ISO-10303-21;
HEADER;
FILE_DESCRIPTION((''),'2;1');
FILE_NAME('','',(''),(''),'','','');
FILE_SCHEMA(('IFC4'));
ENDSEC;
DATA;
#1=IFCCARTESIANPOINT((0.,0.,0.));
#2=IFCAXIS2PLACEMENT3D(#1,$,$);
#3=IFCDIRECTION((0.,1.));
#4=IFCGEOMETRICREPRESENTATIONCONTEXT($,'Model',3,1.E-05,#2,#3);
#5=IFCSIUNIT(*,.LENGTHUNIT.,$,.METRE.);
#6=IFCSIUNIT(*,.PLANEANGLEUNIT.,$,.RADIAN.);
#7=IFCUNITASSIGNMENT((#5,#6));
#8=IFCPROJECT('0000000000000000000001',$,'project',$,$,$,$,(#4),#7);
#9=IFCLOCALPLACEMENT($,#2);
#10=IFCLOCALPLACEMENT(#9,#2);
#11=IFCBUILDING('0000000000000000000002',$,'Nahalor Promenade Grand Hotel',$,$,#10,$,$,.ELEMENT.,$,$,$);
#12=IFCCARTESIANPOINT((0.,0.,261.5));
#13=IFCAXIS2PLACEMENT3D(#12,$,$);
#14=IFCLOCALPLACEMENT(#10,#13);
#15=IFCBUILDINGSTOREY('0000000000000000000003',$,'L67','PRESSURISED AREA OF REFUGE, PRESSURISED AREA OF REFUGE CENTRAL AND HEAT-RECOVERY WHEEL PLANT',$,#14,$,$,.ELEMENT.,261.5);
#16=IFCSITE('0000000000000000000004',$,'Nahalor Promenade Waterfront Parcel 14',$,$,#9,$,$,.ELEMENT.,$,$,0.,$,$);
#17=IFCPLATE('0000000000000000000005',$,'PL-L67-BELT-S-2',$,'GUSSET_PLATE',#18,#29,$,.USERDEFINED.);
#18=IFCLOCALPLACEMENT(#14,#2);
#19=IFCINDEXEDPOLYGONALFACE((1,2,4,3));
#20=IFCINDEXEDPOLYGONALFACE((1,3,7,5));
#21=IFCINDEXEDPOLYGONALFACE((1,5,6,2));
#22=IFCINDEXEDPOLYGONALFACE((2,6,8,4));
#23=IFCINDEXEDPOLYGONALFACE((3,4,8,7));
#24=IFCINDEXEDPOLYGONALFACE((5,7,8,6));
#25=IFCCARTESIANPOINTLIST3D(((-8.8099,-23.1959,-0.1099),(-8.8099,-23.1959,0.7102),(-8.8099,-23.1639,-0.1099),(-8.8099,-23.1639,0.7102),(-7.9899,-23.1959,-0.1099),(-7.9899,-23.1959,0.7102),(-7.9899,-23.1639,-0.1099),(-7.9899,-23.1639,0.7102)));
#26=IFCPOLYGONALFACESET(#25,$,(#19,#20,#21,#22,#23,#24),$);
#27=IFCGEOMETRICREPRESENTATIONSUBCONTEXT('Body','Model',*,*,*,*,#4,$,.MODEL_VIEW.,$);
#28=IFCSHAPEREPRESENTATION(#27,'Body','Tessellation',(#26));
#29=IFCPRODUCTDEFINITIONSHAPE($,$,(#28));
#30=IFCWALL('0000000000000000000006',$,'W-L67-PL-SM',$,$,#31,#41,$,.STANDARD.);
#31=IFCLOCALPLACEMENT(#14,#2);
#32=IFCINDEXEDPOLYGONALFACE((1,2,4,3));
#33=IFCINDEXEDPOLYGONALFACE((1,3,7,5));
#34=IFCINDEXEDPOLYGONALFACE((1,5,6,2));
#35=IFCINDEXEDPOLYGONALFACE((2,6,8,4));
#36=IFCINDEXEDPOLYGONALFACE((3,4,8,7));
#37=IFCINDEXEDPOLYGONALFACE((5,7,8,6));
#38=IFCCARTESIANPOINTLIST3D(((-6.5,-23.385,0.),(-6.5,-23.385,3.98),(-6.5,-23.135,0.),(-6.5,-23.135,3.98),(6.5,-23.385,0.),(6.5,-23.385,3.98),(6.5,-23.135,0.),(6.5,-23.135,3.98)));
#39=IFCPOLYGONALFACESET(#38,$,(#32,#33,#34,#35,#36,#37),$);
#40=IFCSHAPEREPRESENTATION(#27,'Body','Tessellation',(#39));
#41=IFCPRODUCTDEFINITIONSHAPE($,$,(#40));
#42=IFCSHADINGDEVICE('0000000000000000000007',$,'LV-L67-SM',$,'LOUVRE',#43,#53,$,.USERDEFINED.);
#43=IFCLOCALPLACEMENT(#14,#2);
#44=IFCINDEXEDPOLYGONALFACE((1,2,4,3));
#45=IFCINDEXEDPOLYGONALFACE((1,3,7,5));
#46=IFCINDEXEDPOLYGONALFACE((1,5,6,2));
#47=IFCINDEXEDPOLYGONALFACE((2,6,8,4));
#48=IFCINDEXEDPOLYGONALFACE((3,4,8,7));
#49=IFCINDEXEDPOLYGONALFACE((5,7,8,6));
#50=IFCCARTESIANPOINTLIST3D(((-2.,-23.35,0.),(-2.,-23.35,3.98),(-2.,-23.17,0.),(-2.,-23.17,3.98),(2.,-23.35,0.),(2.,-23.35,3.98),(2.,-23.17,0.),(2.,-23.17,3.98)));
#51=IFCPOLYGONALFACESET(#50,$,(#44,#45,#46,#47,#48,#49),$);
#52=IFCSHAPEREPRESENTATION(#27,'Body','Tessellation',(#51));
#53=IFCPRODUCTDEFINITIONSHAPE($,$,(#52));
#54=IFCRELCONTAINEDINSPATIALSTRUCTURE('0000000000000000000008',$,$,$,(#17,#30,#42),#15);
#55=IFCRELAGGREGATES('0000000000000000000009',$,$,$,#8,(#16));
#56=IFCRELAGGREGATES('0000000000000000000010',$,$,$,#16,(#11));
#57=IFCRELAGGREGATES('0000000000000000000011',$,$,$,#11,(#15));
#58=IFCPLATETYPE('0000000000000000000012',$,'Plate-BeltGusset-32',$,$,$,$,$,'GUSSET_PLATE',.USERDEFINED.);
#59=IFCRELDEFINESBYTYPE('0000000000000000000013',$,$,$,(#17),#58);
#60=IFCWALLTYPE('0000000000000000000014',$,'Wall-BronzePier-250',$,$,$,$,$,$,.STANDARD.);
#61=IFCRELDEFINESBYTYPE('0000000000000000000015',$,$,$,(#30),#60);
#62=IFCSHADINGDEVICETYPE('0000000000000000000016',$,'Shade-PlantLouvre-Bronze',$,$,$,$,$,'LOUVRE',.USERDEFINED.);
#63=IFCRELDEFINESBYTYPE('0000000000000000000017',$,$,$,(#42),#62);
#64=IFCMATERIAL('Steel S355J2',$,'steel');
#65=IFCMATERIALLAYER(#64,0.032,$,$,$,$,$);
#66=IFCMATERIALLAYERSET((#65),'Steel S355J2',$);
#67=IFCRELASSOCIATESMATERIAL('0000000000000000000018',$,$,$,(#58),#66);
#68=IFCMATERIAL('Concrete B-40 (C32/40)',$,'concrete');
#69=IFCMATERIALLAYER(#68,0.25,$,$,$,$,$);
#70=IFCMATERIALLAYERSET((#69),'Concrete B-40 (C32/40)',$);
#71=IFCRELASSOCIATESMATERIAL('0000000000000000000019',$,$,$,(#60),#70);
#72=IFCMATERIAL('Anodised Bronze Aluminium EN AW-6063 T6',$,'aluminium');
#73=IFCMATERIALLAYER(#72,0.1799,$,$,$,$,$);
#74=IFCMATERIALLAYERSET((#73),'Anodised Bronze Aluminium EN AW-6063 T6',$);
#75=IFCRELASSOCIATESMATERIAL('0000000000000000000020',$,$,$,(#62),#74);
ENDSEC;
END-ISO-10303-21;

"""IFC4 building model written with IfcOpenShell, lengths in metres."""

from ifc_helpers import new_model, si_unit, direction, frame, frame_2d, origin, origin_2d, place, context, subcontext, project, spatial, rectangle, extrude, source, transform, mapped, material, layer, layer_set, type_object, element, save


model = new_model("IFC4")

# Units and contexts
model_context = context("Model", 3, precision=1e-05, world=origin(), true_north=direction((0.0, 1.0)))
body_context = subcontext(model_context, "Body", "Model", "MODEL_VIEW")
ifc_project = project(units=[si_unit("LENGTHUNIT", "METRE"), si_unit("PLANEANGLEUNIT", "RADIAN")], contexts=[model_context])

# Site, building, storey
site_placement = place(None, origin())
site = spatial("IfcSite", under=ifc_project, at=site_placement, Name="Nahalor Promenade Waterfront Parcel 14", CompositionType="ELEMENT", RefElevation=0.0)
building_placement = place(site_placement, origin())
building = spatial("IfcBuilding", under=site, at=building_placement, Name="Nahalor Promenade Grand Hotel", CompositionType="ELEMENT")
storey_placement = place(building_placement, frame((0.0, 0.0, 261.5)))
storey = spatial("IfcBuildingStorey", under=building, at=storey_placement, Name="L67", Description="PRESSURISED AREA OF REFUGE, PRESSURISED AREA OF REFUGE CENTRAL AND HEAT-RECOVERY WHEEL PLANT", CompositionType="ELEMENT", Elevation=261.5)

# Shared definitions
ifc_material_1 = material(Name="Steel S355J2", Category="steel")

# Plate
ifc_layer_1 = layer(ifc_material_1, 0.032)
ifc_layer_set_1 = layer_set([ifc_layer_1], Name="Steel S355J2")
plate_type_1 = type_object("IfcPlateType", Name="Plate-BeltGusset-32", ElementType="GUSSET_PLATE", PredefinedType="USERDEFINED", material=ifc_layer_set_1)
shared_shape_1 = source(origin(), body_context, "Body", "SweptSolid", [
    extrude(rectangle(XDim=0.8201, YDim=0.032, at=origin_2d()), origin(), (0.0, 0.0, 1.0), 0.8201),
])
plate_1_placement = place(storey_placement, frame((-8.3999, -23.1799, -0.1099), z_axis=(0.0, 0.0, 1.0), x_axis=(1.0, 0.0, 0.0)))
element("IfcPlate", 1, at=plate_1_placement, inside=storey, type_object=plate_type_1, Name="PL-L67-BELT-S-2", ObjectType="GUSSET_PLATE", PredefinedType="USERDEFINED", context=body_context, shape_type="MappedRepresentation", body=[
    mapped(shared_shape_1, transform((0.0, 0.0, 0.0), scale=1.0)),
])

# Wall
ifc_material_2 = material(Name="Concrete B-40 (C32/40)", Category="concrete")
ifc_layer_2 = layer(ifc_material_2, 0.25)
ifc_layer_set_2 = layer_set([ifc_layer_2], Name="Concrete B-40 (C32/40)")
wall_type = type_object("IfcWallType", Name="Wall-BronzePier-250", PredefinedType="STANDARD", material=ifc_layer_set_2)
shared_shape_2 = source(origin(), body_context, "Body", "SweptSolid", [
    extrude(rectangle(XDim=13.0, YDim=0.25, at=frame_2d((6.5, 0.0))), origin(), (0.0, 0.0, 1.0), 3.98),
])
wall_placement = place(storey_placement, frame((-6.5, -23.26, 0.0), z_axis=(0.0, 0.0, 1.0), x_axis=(1.0, 0.0, 0.0)))
element("IfcWall", 2, at=wall_placement, inside=storey, type_object=wall_type, Name="W-L67-PL-SM", PredefinedType="STANDARD", context=body_context, shape_type="MappedRepresentation", body=[
    mapped(shared_shape_2, transform((0.0, 0.0, 0.0), scale=1.0)),
])

# Shading device
ifc_material_3 = material(Name="Anodised Bronze Aluminium EN AW-6063 T6", Category="aluminium")
ifc_layer_3 = layer(ifc_material_3, 0.1799)
ifc_layer_set_3 = layer_set([ifc_layer_3], Name="Anodised Bronze Aluminium EN AW-6063 T6")
shading_device_type = type_object("IfcShadingDeviceType", Name="Shade-PlantLouvre-Bronze", ElementType="LOUVRE", PredefinedType="USERDEFINED", material=ifc_layer_set_3)
shared_shape_3 = source(origin(), body_context, "Body", "SweptSolid", [
    extrude(rectangle(XDim=4.0, YDim=0.1799, at=origin_2d()), origin(), (0.0, 0.0, 1.0), 3.98),
])
shading_device_placement = place(storey_placement, frame((0.0, -23.26, 0.0), z_axis=(0.0, 0.0, 1.0), x_axis=(1.0, 0.0, 0.0)))
element("IfcShadingDevice", 3, at=shading_device_placement, inside=storey, type_object=shading_device_type, Name="LV-L67-SM", ObjectType="LOUVRE", PredefinedType="USERDEFINED", context=body_context, shape_type="MappedRepresentation", body=[
    mapped(shared_shape_3, transform((0.0, 0.0, 0.0), scale=1.0)),
])

save(model, "model.ifc")
